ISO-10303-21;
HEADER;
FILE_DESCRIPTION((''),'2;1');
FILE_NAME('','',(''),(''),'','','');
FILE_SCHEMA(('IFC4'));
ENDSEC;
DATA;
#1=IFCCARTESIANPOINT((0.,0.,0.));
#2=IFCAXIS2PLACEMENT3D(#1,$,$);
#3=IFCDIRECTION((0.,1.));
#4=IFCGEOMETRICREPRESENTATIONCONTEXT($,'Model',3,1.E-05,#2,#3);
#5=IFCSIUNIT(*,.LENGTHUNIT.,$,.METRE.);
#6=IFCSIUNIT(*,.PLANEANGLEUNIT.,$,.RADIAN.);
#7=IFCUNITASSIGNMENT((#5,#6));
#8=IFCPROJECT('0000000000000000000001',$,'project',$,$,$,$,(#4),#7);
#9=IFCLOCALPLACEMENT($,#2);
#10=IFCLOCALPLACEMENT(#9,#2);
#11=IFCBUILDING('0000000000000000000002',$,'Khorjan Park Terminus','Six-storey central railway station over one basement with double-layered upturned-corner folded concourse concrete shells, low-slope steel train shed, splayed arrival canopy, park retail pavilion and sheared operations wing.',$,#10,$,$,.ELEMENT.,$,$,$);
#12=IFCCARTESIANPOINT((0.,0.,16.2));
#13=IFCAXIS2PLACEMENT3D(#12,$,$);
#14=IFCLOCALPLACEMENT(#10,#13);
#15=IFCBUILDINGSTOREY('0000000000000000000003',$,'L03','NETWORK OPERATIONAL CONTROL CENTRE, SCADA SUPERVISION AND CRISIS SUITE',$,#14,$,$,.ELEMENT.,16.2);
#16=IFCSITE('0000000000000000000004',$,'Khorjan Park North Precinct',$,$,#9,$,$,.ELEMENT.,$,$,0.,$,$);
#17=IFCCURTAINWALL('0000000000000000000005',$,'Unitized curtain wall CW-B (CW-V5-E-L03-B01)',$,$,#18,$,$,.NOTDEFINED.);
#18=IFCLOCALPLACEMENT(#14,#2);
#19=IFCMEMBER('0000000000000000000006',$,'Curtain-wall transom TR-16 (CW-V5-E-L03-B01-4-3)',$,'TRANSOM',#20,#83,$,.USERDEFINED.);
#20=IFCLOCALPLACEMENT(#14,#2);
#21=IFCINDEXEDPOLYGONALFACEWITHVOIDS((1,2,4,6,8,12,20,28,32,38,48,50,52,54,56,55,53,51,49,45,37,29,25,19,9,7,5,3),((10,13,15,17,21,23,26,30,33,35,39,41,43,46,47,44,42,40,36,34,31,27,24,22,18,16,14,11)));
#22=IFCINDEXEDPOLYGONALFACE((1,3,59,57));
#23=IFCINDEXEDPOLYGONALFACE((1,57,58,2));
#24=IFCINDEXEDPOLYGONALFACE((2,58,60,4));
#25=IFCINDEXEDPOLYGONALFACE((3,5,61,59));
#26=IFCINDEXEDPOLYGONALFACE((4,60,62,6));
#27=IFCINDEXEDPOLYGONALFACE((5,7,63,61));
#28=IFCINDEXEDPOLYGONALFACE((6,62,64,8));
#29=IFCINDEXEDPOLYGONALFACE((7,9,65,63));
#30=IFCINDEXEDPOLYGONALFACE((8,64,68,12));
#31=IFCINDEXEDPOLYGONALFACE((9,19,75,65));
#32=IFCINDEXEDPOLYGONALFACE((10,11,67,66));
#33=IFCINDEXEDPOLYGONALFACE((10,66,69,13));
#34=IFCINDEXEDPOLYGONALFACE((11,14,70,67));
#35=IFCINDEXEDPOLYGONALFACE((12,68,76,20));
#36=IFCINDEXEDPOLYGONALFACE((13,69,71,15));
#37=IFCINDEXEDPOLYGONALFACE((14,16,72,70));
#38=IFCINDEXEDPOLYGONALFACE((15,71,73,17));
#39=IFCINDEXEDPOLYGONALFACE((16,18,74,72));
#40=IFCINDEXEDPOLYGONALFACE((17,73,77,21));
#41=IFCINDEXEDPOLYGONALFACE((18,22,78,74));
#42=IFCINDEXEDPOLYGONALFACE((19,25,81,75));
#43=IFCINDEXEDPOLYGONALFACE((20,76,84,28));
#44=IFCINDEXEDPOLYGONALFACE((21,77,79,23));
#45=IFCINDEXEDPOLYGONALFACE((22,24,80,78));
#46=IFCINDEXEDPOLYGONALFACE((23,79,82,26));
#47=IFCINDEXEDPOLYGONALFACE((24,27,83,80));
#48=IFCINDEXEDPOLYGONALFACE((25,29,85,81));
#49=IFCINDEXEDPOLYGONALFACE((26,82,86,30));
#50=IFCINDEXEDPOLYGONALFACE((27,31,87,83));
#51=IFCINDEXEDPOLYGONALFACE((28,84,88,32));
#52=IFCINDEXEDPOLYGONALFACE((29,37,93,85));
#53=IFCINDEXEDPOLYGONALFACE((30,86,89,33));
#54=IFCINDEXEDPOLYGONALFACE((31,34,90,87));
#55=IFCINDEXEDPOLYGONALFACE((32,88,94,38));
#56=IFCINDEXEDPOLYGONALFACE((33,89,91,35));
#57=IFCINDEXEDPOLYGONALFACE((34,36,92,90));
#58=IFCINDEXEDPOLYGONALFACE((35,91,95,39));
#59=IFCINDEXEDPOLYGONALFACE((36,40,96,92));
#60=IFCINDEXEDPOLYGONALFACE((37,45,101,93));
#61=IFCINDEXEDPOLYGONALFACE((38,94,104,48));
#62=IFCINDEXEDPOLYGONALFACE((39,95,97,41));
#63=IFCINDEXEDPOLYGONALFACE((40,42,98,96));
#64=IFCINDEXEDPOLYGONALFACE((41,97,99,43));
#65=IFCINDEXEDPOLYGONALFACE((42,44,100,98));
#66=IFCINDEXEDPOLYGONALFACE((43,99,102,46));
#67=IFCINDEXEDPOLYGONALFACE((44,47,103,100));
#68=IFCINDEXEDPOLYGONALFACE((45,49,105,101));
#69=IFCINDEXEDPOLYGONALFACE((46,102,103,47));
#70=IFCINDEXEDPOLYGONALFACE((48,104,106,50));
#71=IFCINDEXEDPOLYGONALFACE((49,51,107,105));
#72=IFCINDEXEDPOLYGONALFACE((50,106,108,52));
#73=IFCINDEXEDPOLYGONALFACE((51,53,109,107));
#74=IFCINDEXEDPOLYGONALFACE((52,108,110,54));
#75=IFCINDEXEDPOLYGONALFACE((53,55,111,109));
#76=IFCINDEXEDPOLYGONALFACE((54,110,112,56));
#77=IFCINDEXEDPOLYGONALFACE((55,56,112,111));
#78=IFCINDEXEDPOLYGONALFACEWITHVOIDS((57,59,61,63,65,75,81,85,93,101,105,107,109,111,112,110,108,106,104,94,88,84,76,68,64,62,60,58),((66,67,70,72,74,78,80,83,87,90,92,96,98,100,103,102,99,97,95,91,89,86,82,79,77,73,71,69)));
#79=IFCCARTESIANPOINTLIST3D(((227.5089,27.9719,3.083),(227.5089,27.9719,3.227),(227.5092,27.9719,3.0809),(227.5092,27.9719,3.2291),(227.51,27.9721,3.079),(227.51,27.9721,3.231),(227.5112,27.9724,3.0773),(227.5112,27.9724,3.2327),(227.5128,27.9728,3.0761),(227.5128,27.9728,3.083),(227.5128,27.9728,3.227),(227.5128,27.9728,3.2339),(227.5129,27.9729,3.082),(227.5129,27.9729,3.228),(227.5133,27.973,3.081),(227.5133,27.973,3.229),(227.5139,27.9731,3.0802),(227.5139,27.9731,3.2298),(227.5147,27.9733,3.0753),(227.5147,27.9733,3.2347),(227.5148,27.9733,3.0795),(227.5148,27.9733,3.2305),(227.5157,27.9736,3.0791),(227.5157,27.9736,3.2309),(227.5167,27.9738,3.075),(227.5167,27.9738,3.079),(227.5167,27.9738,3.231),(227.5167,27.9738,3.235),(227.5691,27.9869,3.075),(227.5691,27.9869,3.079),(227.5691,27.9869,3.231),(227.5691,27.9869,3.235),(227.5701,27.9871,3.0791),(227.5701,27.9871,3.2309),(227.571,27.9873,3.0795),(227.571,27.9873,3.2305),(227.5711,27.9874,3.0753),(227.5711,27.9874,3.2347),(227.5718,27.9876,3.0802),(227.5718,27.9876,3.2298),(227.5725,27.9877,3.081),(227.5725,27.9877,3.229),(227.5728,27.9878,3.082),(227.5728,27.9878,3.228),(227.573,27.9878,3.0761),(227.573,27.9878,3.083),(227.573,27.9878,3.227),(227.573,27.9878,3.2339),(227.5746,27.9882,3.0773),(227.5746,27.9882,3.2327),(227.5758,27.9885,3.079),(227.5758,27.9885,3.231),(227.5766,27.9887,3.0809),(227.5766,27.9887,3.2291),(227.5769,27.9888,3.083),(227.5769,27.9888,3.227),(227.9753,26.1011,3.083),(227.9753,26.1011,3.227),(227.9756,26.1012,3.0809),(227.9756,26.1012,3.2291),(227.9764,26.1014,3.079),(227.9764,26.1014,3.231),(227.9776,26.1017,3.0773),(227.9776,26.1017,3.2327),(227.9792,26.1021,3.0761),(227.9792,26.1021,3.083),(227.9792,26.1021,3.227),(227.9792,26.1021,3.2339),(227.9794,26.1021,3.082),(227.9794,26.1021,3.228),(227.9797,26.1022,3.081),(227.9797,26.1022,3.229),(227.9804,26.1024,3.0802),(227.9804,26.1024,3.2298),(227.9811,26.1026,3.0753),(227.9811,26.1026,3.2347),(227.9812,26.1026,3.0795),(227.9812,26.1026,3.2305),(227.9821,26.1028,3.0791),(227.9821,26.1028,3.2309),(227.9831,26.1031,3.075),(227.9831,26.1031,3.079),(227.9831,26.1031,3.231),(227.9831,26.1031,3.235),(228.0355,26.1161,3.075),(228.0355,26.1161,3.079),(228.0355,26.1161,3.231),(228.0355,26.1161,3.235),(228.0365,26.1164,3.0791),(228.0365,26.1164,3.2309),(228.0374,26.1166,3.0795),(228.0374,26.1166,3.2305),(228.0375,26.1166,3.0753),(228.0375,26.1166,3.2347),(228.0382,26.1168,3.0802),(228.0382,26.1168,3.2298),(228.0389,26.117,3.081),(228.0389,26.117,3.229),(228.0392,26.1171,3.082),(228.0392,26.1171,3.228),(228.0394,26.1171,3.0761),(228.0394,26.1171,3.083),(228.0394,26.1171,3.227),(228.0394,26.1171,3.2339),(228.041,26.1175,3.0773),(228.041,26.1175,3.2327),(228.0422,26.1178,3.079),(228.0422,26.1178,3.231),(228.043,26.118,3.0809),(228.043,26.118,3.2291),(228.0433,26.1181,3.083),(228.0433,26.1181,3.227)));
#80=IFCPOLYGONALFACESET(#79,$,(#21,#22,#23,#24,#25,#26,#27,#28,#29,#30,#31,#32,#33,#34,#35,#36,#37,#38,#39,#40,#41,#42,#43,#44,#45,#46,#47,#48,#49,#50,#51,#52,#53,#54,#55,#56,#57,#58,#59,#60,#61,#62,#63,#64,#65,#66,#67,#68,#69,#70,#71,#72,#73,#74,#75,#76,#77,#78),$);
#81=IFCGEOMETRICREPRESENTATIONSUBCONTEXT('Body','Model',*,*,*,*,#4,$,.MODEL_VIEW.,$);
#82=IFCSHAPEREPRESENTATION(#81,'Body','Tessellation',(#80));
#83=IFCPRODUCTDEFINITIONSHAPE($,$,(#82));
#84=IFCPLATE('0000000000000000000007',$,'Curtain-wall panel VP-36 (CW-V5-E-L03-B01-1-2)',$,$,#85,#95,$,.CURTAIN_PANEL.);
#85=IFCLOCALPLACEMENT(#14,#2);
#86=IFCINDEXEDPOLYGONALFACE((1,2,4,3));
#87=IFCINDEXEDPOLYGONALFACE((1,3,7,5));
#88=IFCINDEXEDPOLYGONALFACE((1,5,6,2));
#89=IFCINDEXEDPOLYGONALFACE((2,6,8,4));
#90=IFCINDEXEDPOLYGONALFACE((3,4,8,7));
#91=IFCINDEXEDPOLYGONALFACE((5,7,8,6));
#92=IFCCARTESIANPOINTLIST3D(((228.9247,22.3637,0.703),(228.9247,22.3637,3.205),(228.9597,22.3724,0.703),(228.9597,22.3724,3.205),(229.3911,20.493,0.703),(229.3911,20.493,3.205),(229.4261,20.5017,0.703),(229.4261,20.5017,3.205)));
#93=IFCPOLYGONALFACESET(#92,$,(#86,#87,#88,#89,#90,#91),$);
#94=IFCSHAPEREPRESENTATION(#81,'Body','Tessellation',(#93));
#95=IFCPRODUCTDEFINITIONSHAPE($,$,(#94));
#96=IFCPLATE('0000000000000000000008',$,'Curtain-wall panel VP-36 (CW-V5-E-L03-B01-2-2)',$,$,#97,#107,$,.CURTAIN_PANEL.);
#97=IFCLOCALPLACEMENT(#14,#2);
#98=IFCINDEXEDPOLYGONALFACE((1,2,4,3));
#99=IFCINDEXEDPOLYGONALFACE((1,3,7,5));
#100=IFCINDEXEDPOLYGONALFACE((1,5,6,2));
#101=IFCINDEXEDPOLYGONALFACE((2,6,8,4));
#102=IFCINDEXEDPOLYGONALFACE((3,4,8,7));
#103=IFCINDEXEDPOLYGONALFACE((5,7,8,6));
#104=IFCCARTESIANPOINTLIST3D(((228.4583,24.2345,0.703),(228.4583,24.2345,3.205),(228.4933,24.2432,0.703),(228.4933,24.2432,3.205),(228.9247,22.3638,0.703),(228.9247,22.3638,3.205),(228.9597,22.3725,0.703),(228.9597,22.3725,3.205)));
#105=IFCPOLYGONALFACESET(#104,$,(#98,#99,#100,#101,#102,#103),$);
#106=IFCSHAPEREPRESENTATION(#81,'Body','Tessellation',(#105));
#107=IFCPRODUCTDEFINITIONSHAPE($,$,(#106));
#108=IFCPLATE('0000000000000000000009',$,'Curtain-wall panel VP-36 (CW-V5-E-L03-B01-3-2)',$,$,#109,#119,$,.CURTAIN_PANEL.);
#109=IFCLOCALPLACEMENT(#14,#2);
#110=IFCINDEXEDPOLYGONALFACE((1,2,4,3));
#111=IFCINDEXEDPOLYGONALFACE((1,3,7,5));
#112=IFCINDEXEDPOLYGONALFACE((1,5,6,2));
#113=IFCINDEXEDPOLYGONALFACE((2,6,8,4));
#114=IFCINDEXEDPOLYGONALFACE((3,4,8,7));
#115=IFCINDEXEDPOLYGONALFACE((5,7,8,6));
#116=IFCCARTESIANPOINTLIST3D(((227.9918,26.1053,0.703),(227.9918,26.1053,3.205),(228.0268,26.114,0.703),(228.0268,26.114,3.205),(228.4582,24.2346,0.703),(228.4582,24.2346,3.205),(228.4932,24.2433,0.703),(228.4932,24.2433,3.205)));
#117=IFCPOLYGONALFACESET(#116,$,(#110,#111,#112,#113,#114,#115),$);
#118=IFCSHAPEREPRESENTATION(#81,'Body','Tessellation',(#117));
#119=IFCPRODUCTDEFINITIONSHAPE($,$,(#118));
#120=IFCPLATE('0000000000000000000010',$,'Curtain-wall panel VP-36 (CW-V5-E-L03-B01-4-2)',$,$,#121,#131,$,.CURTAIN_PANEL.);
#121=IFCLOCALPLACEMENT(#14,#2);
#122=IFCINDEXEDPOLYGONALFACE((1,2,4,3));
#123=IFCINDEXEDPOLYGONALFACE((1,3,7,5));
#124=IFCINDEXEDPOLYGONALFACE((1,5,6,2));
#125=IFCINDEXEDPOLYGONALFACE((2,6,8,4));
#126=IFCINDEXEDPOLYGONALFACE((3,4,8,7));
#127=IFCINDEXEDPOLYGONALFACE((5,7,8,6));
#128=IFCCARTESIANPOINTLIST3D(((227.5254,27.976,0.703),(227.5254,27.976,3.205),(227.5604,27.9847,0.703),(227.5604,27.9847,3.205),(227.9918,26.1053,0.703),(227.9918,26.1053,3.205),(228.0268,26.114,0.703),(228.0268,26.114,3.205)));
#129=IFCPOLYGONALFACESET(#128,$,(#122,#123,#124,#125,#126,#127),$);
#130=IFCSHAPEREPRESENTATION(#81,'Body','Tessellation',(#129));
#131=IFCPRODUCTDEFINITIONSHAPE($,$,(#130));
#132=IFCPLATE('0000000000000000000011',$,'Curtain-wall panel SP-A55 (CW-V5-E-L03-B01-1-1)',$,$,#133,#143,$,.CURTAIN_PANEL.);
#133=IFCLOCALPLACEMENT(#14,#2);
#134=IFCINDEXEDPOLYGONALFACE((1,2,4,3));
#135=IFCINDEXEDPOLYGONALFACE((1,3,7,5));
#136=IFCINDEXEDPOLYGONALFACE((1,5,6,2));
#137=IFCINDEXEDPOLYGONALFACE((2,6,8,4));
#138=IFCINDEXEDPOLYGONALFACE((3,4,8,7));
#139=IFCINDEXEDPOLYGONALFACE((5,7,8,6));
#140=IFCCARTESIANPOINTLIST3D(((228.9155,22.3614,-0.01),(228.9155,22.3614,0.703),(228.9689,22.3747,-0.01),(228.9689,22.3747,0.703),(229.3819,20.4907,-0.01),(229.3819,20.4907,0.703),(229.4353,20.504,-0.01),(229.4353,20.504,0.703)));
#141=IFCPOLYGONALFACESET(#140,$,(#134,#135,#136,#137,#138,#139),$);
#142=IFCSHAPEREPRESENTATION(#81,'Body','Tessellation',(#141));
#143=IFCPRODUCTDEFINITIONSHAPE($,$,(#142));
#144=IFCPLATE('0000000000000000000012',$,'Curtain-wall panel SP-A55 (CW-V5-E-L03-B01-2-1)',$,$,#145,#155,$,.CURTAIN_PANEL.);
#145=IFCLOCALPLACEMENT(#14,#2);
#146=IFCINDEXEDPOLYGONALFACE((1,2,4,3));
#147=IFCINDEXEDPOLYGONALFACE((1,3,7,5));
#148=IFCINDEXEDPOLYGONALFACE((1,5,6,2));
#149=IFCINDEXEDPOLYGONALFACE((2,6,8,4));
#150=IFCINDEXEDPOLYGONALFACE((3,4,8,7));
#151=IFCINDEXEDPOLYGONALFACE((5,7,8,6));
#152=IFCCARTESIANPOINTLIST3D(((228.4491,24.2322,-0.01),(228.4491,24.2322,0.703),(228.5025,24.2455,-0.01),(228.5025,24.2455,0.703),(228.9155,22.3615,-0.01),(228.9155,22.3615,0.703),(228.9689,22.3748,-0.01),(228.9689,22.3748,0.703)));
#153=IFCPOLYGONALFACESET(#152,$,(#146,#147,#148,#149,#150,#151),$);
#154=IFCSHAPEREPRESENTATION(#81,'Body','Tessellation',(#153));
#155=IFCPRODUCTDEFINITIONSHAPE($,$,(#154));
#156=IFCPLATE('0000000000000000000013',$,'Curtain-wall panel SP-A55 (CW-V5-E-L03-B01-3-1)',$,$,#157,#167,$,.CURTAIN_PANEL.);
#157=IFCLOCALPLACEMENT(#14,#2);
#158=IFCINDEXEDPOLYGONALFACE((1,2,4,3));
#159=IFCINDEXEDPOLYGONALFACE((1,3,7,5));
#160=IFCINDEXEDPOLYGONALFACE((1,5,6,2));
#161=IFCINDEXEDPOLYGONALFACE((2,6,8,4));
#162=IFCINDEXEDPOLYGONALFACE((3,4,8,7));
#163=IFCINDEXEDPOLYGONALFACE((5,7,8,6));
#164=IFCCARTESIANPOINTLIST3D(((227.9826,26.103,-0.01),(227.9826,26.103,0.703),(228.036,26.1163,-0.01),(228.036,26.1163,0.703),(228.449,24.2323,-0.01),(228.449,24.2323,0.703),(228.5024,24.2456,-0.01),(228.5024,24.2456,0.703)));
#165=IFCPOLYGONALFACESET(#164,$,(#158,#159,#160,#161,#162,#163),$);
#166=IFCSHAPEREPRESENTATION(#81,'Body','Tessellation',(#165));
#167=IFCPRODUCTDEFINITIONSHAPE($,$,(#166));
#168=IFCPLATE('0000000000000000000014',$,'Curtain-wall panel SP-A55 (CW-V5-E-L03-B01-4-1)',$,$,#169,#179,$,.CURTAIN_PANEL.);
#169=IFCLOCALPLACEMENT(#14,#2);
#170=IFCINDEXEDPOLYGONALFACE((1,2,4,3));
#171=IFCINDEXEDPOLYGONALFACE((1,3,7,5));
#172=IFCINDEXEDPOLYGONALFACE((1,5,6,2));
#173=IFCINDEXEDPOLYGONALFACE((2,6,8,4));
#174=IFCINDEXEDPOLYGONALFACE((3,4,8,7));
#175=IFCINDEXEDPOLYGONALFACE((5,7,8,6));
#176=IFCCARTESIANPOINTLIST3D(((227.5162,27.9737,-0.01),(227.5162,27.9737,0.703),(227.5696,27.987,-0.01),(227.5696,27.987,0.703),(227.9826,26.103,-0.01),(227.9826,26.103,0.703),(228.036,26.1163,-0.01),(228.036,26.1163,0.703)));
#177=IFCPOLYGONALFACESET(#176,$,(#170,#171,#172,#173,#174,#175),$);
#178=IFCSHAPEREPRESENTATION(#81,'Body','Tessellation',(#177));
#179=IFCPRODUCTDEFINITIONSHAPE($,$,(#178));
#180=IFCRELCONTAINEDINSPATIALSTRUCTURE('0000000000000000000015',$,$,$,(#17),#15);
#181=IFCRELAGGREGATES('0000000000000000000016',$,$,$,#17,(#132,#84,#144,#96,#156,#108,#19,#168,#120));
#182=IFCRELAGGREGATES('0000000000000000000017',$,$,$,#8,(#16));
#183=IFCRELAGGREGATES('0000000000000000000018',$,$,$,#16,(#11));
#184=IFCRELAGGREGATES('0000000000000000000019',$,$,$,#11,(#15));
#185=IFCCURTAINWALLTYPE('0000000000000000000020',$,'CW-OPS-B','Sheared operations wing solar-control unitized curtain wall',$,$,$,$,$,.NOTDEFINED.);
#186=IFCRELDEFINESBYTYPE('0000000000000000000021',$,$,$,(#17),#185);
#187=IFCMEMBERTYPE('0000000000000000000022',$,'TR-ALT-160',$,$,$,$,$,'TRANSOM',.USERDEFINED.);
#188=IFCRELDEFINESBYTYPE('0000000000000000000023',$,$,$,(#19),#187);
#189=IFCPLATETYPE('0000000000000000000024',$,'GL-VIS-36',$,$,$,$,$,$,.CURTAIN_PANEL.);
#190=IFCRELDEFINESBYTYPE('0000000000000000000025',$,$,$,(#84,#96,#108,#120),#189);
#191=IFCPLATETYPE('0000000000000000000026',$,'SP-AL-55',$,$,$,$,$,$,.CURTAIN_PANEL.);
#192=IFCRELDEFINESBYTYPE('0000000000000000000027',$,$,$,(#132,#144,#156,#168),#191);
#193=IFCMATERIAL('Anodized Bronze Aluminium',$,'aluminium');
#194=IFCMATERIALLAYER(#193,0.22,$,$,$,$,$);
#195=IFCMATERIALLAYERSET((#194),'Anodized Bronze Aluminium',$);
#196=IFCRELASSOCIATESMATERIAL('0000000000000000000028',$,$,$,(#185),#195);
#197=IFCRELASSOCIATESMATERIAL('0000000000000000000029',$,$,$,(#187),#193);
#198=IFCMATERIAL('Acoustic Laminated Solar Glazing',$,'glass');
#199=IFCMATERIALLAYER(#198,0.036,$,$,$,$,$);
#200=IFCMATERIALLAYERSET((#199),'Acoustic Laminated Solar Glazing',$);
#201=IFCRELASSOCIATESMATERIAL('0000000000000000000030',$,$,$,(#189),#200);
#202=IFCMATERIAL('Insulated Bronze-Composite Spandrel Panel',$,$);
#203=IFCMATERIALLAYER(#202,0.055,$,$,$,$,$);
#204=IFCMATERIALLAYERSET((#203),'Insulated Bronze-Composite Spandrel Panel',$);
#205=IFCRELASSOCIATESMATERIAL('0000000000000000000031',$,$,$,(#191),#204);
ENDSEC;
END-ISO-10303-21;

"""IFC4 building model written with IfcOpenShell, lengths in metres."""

from ifc_helpers import new_model, si_unit, direction, frame, origin, origin_2d, place, context, subcontext, project, spatial, rectangle, hollow_rectangle, extrude, material, layer, layer_set, material_profile, profile_set, type_object, element, aggregate, save


model = new_model("IFC4")

# Units and contexts
model_context = context("Model", 3, precision=1e-05, world=origin(), true_north=direction((0.0, 1.0)))
body_context = subcontext(model_context, "Body", "Model", "MODEL_VIEW")
ifc_project = project(units=[si_unit("LENGTHUNIT", "METRE"), si_unit("PLANEANGLEUNIT", "RADIAN")], contexts=[model_context])

# Site, building, storey
site_placement = place(None, origin())
site = spatial("IfcSite", under=ifc_project, at=site_placement, Name="Khorjan Park North Precinct", CompositionType="ELEMENT", RefElevation=0.0)
building_placement = place(site_placement, origin())
building = spatial("IfcBuilding", under=site, at=building_placement, Name="Khorjan Park Terminus", Description="Six-storey central railway station over one basement with double-layered upturned-corner folded concourse concrete shells, low-slope steel train shed, splayed arrival canopy, park retail pavilion and sheared operations wing.", CompositionType="ELEMENT")
storey_placement = place(building_placement, frame((0.0, 0.0, 16.2)))
storey = spatial("IfcBuildingStorey", under=building, at=storey_placement, Name="L03", Description="NETWORK OPERATIONAL CONTROL CENTRE, SCADA SUPERVISION AND CRISIS SUITE", CompositionType="ELEMENT", Elevation=16.2)

# Curtain wall, member, plates
ifc_material_1 = material(Name="Anodized Bronze Aluminium", Category="aluminium")
ifc_layer_1 = layer(ifc_material_1, 0.22)
ifc_layer_set_1 = layer_set([ifc_layer_1], Name="Anodized Bronze Aluminium")
curtain_wall_type = type_object("IfcCurtainWallType", Name="CW-OPS-B", Description="Sheared operations wing solar-control unitized curtain wall", PredefinedType="NOTDEFINED", material=ifc_layer_set_1)
curtain_wall_placement = place(storey_placement, origin())
curtain_wall = element("IfcCurtainWall", 1, at=curtain_wall_placement, inside=storey, type_object=curtain_wall_type, Name="Unitized curtain wall CW-B (CW-V5-E-L03-B01)", PredefinedType="NOTDEFINED")
ifc_material_profile_1 = material_profile(ifc_material_1, hollow_rectangle(XDim=0.07, YDim=0.16, WallThickness=0.004, InnerFilletRadius=0.004, OuterFilletRadius=0.008, at=origin_2d()), Name="ALT 70x160x4")
ifc_profile_set_1 = profile_set([ifc_material_profile_1], Name="Anodized Bronze Aluminium")
member_type_1 = type_object("IfcMemberType", Name="TR-ALT-160", ElementType="TRANSOM", PredefinedType="USERDEFINED", material=ifc_profile_set_1)
member_1_placement = place(storey_placement, frame((228.0093, 26.1096, 3.155), z_axis=(-0.241913, 0.970298, 0.0), x_axis=(-0.970298, -0.241913, 0.0)))
member_1 = element("IfcMember", 2, at=member_1_placement, type_object=member_type_1, Name="Curtain-wall transom TR-16 (CW-V5-E-L03-B01-4-3)", ObjectType="TRANSOM", PredefinedType="USERDEFINED", context=body_context, shape_type="SweptSolid", body=[
    extrude(hollow_rectangle(XDim=0.07, YDim=0.16, WallThickness=0.004, InnerFilletRadius=0.004, OuterFilletRadius=0.008, at=origin_2d()), origin(), (0.0, 0.0, 1.0), 1.928),
])
ifc_material_2 = material(Name="Acoustic Laminated Solar Glazing", Category="glass")
ifc_layer_2 = layer(ifc_material_2, 0.036)
ifc_layer_set_2 = layer_set([ifc_layer_2], Name="Acoustic Laminated Solar Glazing")
plate_type_1 = type_object("IfcPlateType", Name="GL-VIS-36", PredefinedType="CURTAIN_PANEL", material=ifc_layer_set_2)
plate_1_placement = place(storey_placement, frame((229.1754, 21.4327, 0.703), z_axis=(0.0, 0.0, 1.0), x_axis=(-0.24192, 0.970296, 0.0)))
plate_1 = element("IfcPlate", 3, at=plate_1_placement, type_object=plate_type_1, Name="Curtain-wall panel VP-36 (CW-V5-E-L03-B01-1-2)", PredefinedType="CURTAIN_PANEL", context=body_context, shape_type="SweptSolid", body=[
    extrude(rectangle(XDim=1.928, YDim=0.036, at=origin_2d()), origin(), (0.0, 0.0, 1.0), 2.502),
])
plate_2_placement = place(storey_placement, frame((228.709, 23.3035, 0.703), z_axis=(0.0, 0.0, 1.0), x_axis=(-0.24192, 0.970296, 0.0)))
plate_2 = element("IfcPlate", 4, at=plate_2_placement, type_object=plate_type_1, Name="Curtain-wall panel VP-36 (CW-V5-E-L03-B01-2-2)", PredefinedType="CURTAIN_PANEL", context=body_context, shape_type="SweptSolid", body=[
    extrude(rectangle(XDim=1.928, YDim=0.036, at=origin_2d()), origin(), (0.0, 0.0, 1.0), 2.502),
])
plate_3_placement = place(storey_placement, frame((228.2425, 25.1743, 0.703), z_axis=(0.0, 0.0, 1.0), x_axis=(-0.24192, 0.970296, 0.0)))
plate_3 = element("IfcPlate", 5, at=plate_3_placement, type_object=plate_type_1, Name="Curtain-wall panel VP-36 (CW-V5-E-L03-B01-3-2)", PredefinedType="CURTAIN_PANEL", context=body_context, shape_type="SweptSolid", body=[
    extrude(rectangle(XDim=1.928, YDim=0.036, at=origin_2d()), origin(), (0.0, 0.0, 1.0), 2.502),
])
plate_4_placement = place(storey_placement, frame((227.7761, 27.045, 0.703), z_axis=(0.0, 0.0, 1.0), x_axis=(-0.24192, 0.970296, 0.0)))
plate_4 = element("IfcPlate", 6, at=plate_4_placement, type_object=plate_type_1, Name="Curtain-wall panel VP-36 (CW-V5-E-L03-B01-4-2)", PredefinedType="CURTAIN_PANEL", context=body_context, shape_type="SweptSolid", body=[
    extrude(rectangle(XDim=1.928, YDim=0.036, at=origin_2d()), origin(), (0.0, 0.0, 1.0), 2.502),
])
ifc_material_3 = material(Name="Insulated Bronze-Composite Spandrel Panel")
ifc_layer_3 = layer(ifc_material_3, 0.055)
ifc_layer_set_3 = layer_set([ifc_layer_3], Name="Insulated Bronze-Composite Spandrel Panel")
plate_type_2 = type_object("IfcPlateType", Name="SP-AL-55", PredefinedType="CURTAIN_PANEL", material=ifc_layer_set_3)
plate_5_placement = place(storey_placement, frame((229.1754, 21.4327, -0.01), z_axis=(0.0, 0.0, 1.0), x_axis=(-0.24192, 0.970296, 0.0)))
plate_5 = element("IfcPlate", 7, at=plate_5_placement, type_object=plate_type_2, Name="Curtain-wall panel SP-A55 (CW-V5-E-L03-B01-1-1)", PredefinedType="CURTAIN_PANEL", context=body_context, shape_type="SweptSolid", body=[
    extrude(rectangle(XDim=1.928, YDim=0.055, at=origin_2d()), origin(), (0.0, 0.0, 1.0), 0.713),
])
plate_6_placement = place(storey_placement, frame((228.709, 23.3035, -0.01), z_axis=(0.0, 0.0, 1.0), x_axis=(-0.24192, 0.970296, 0.0)))
plate_6 = element("IfcPlate", 8, at=plate_6_placement, type_object=plate_type_2, Name="Curtain-wall panel SP-A55 (CW-V5-E-L03-B01-2-1)", PredefinedType="CURTAIN_PANEL", context=body_context, shape_type="SweptSolid", body=[
    extrude(rectangle(XDim=1.928, YDim=0.055, at=origin_2d()), origin(), (0.0, 0.0, 1.0), 0.713),
])
plate_7_placement = place(storey_placement, frame((228.2425, 25.1743, -0.01), z_axis=(0.0, 0.0, 1.0), x_axis=(-0.24192, 0.970296, 0.0)))
plate_7 = element("IfcPlate", 9, at=plate_7_placement, type_object=plate_type_2, Name="Curtain-wall panel SP-A55 (CW-V5-E-L03-B01-3-1)", PredefinedType="CURTAIN_PANEL", context=body_context, shape_type="SweptSolid", body=[
    extrude(rectangle(XDim=1.928, YDim=0.055, at=origin_2d()), origin(), (0.0, 0.0, 1.0), 0.713),
])
plate_8_placement = place(storey_placement, frame((227.7761, 27.045, -0.01), z_axis=(0.0, 0.0, 1.0), x_axis=(-0.24192, 0.970296, 0.0)))
plate_8 = element("IfcPlate", 10, at=plate_8_placement, type_object=plate_type_2, Name="Curtain-wall panel SP-A55 (CW-V5-E-L03-B01-4-1)", PredefinedType="CURTAIN_PANEL", context=body_context, shape_type="SweptSolid", body=[
    extrude(rectangle(XDim=1.928, YDim=0.055, at=origin_2d()), origin(), (0.0, 0.0, 1.0), 0.713),
])
aggregate(curtain_wall, [plate_5, plate_1, plate_6, plate_2, plate_7, plate_3, member_1, plate_8, plate_4])

save(model, "model.ifc")
